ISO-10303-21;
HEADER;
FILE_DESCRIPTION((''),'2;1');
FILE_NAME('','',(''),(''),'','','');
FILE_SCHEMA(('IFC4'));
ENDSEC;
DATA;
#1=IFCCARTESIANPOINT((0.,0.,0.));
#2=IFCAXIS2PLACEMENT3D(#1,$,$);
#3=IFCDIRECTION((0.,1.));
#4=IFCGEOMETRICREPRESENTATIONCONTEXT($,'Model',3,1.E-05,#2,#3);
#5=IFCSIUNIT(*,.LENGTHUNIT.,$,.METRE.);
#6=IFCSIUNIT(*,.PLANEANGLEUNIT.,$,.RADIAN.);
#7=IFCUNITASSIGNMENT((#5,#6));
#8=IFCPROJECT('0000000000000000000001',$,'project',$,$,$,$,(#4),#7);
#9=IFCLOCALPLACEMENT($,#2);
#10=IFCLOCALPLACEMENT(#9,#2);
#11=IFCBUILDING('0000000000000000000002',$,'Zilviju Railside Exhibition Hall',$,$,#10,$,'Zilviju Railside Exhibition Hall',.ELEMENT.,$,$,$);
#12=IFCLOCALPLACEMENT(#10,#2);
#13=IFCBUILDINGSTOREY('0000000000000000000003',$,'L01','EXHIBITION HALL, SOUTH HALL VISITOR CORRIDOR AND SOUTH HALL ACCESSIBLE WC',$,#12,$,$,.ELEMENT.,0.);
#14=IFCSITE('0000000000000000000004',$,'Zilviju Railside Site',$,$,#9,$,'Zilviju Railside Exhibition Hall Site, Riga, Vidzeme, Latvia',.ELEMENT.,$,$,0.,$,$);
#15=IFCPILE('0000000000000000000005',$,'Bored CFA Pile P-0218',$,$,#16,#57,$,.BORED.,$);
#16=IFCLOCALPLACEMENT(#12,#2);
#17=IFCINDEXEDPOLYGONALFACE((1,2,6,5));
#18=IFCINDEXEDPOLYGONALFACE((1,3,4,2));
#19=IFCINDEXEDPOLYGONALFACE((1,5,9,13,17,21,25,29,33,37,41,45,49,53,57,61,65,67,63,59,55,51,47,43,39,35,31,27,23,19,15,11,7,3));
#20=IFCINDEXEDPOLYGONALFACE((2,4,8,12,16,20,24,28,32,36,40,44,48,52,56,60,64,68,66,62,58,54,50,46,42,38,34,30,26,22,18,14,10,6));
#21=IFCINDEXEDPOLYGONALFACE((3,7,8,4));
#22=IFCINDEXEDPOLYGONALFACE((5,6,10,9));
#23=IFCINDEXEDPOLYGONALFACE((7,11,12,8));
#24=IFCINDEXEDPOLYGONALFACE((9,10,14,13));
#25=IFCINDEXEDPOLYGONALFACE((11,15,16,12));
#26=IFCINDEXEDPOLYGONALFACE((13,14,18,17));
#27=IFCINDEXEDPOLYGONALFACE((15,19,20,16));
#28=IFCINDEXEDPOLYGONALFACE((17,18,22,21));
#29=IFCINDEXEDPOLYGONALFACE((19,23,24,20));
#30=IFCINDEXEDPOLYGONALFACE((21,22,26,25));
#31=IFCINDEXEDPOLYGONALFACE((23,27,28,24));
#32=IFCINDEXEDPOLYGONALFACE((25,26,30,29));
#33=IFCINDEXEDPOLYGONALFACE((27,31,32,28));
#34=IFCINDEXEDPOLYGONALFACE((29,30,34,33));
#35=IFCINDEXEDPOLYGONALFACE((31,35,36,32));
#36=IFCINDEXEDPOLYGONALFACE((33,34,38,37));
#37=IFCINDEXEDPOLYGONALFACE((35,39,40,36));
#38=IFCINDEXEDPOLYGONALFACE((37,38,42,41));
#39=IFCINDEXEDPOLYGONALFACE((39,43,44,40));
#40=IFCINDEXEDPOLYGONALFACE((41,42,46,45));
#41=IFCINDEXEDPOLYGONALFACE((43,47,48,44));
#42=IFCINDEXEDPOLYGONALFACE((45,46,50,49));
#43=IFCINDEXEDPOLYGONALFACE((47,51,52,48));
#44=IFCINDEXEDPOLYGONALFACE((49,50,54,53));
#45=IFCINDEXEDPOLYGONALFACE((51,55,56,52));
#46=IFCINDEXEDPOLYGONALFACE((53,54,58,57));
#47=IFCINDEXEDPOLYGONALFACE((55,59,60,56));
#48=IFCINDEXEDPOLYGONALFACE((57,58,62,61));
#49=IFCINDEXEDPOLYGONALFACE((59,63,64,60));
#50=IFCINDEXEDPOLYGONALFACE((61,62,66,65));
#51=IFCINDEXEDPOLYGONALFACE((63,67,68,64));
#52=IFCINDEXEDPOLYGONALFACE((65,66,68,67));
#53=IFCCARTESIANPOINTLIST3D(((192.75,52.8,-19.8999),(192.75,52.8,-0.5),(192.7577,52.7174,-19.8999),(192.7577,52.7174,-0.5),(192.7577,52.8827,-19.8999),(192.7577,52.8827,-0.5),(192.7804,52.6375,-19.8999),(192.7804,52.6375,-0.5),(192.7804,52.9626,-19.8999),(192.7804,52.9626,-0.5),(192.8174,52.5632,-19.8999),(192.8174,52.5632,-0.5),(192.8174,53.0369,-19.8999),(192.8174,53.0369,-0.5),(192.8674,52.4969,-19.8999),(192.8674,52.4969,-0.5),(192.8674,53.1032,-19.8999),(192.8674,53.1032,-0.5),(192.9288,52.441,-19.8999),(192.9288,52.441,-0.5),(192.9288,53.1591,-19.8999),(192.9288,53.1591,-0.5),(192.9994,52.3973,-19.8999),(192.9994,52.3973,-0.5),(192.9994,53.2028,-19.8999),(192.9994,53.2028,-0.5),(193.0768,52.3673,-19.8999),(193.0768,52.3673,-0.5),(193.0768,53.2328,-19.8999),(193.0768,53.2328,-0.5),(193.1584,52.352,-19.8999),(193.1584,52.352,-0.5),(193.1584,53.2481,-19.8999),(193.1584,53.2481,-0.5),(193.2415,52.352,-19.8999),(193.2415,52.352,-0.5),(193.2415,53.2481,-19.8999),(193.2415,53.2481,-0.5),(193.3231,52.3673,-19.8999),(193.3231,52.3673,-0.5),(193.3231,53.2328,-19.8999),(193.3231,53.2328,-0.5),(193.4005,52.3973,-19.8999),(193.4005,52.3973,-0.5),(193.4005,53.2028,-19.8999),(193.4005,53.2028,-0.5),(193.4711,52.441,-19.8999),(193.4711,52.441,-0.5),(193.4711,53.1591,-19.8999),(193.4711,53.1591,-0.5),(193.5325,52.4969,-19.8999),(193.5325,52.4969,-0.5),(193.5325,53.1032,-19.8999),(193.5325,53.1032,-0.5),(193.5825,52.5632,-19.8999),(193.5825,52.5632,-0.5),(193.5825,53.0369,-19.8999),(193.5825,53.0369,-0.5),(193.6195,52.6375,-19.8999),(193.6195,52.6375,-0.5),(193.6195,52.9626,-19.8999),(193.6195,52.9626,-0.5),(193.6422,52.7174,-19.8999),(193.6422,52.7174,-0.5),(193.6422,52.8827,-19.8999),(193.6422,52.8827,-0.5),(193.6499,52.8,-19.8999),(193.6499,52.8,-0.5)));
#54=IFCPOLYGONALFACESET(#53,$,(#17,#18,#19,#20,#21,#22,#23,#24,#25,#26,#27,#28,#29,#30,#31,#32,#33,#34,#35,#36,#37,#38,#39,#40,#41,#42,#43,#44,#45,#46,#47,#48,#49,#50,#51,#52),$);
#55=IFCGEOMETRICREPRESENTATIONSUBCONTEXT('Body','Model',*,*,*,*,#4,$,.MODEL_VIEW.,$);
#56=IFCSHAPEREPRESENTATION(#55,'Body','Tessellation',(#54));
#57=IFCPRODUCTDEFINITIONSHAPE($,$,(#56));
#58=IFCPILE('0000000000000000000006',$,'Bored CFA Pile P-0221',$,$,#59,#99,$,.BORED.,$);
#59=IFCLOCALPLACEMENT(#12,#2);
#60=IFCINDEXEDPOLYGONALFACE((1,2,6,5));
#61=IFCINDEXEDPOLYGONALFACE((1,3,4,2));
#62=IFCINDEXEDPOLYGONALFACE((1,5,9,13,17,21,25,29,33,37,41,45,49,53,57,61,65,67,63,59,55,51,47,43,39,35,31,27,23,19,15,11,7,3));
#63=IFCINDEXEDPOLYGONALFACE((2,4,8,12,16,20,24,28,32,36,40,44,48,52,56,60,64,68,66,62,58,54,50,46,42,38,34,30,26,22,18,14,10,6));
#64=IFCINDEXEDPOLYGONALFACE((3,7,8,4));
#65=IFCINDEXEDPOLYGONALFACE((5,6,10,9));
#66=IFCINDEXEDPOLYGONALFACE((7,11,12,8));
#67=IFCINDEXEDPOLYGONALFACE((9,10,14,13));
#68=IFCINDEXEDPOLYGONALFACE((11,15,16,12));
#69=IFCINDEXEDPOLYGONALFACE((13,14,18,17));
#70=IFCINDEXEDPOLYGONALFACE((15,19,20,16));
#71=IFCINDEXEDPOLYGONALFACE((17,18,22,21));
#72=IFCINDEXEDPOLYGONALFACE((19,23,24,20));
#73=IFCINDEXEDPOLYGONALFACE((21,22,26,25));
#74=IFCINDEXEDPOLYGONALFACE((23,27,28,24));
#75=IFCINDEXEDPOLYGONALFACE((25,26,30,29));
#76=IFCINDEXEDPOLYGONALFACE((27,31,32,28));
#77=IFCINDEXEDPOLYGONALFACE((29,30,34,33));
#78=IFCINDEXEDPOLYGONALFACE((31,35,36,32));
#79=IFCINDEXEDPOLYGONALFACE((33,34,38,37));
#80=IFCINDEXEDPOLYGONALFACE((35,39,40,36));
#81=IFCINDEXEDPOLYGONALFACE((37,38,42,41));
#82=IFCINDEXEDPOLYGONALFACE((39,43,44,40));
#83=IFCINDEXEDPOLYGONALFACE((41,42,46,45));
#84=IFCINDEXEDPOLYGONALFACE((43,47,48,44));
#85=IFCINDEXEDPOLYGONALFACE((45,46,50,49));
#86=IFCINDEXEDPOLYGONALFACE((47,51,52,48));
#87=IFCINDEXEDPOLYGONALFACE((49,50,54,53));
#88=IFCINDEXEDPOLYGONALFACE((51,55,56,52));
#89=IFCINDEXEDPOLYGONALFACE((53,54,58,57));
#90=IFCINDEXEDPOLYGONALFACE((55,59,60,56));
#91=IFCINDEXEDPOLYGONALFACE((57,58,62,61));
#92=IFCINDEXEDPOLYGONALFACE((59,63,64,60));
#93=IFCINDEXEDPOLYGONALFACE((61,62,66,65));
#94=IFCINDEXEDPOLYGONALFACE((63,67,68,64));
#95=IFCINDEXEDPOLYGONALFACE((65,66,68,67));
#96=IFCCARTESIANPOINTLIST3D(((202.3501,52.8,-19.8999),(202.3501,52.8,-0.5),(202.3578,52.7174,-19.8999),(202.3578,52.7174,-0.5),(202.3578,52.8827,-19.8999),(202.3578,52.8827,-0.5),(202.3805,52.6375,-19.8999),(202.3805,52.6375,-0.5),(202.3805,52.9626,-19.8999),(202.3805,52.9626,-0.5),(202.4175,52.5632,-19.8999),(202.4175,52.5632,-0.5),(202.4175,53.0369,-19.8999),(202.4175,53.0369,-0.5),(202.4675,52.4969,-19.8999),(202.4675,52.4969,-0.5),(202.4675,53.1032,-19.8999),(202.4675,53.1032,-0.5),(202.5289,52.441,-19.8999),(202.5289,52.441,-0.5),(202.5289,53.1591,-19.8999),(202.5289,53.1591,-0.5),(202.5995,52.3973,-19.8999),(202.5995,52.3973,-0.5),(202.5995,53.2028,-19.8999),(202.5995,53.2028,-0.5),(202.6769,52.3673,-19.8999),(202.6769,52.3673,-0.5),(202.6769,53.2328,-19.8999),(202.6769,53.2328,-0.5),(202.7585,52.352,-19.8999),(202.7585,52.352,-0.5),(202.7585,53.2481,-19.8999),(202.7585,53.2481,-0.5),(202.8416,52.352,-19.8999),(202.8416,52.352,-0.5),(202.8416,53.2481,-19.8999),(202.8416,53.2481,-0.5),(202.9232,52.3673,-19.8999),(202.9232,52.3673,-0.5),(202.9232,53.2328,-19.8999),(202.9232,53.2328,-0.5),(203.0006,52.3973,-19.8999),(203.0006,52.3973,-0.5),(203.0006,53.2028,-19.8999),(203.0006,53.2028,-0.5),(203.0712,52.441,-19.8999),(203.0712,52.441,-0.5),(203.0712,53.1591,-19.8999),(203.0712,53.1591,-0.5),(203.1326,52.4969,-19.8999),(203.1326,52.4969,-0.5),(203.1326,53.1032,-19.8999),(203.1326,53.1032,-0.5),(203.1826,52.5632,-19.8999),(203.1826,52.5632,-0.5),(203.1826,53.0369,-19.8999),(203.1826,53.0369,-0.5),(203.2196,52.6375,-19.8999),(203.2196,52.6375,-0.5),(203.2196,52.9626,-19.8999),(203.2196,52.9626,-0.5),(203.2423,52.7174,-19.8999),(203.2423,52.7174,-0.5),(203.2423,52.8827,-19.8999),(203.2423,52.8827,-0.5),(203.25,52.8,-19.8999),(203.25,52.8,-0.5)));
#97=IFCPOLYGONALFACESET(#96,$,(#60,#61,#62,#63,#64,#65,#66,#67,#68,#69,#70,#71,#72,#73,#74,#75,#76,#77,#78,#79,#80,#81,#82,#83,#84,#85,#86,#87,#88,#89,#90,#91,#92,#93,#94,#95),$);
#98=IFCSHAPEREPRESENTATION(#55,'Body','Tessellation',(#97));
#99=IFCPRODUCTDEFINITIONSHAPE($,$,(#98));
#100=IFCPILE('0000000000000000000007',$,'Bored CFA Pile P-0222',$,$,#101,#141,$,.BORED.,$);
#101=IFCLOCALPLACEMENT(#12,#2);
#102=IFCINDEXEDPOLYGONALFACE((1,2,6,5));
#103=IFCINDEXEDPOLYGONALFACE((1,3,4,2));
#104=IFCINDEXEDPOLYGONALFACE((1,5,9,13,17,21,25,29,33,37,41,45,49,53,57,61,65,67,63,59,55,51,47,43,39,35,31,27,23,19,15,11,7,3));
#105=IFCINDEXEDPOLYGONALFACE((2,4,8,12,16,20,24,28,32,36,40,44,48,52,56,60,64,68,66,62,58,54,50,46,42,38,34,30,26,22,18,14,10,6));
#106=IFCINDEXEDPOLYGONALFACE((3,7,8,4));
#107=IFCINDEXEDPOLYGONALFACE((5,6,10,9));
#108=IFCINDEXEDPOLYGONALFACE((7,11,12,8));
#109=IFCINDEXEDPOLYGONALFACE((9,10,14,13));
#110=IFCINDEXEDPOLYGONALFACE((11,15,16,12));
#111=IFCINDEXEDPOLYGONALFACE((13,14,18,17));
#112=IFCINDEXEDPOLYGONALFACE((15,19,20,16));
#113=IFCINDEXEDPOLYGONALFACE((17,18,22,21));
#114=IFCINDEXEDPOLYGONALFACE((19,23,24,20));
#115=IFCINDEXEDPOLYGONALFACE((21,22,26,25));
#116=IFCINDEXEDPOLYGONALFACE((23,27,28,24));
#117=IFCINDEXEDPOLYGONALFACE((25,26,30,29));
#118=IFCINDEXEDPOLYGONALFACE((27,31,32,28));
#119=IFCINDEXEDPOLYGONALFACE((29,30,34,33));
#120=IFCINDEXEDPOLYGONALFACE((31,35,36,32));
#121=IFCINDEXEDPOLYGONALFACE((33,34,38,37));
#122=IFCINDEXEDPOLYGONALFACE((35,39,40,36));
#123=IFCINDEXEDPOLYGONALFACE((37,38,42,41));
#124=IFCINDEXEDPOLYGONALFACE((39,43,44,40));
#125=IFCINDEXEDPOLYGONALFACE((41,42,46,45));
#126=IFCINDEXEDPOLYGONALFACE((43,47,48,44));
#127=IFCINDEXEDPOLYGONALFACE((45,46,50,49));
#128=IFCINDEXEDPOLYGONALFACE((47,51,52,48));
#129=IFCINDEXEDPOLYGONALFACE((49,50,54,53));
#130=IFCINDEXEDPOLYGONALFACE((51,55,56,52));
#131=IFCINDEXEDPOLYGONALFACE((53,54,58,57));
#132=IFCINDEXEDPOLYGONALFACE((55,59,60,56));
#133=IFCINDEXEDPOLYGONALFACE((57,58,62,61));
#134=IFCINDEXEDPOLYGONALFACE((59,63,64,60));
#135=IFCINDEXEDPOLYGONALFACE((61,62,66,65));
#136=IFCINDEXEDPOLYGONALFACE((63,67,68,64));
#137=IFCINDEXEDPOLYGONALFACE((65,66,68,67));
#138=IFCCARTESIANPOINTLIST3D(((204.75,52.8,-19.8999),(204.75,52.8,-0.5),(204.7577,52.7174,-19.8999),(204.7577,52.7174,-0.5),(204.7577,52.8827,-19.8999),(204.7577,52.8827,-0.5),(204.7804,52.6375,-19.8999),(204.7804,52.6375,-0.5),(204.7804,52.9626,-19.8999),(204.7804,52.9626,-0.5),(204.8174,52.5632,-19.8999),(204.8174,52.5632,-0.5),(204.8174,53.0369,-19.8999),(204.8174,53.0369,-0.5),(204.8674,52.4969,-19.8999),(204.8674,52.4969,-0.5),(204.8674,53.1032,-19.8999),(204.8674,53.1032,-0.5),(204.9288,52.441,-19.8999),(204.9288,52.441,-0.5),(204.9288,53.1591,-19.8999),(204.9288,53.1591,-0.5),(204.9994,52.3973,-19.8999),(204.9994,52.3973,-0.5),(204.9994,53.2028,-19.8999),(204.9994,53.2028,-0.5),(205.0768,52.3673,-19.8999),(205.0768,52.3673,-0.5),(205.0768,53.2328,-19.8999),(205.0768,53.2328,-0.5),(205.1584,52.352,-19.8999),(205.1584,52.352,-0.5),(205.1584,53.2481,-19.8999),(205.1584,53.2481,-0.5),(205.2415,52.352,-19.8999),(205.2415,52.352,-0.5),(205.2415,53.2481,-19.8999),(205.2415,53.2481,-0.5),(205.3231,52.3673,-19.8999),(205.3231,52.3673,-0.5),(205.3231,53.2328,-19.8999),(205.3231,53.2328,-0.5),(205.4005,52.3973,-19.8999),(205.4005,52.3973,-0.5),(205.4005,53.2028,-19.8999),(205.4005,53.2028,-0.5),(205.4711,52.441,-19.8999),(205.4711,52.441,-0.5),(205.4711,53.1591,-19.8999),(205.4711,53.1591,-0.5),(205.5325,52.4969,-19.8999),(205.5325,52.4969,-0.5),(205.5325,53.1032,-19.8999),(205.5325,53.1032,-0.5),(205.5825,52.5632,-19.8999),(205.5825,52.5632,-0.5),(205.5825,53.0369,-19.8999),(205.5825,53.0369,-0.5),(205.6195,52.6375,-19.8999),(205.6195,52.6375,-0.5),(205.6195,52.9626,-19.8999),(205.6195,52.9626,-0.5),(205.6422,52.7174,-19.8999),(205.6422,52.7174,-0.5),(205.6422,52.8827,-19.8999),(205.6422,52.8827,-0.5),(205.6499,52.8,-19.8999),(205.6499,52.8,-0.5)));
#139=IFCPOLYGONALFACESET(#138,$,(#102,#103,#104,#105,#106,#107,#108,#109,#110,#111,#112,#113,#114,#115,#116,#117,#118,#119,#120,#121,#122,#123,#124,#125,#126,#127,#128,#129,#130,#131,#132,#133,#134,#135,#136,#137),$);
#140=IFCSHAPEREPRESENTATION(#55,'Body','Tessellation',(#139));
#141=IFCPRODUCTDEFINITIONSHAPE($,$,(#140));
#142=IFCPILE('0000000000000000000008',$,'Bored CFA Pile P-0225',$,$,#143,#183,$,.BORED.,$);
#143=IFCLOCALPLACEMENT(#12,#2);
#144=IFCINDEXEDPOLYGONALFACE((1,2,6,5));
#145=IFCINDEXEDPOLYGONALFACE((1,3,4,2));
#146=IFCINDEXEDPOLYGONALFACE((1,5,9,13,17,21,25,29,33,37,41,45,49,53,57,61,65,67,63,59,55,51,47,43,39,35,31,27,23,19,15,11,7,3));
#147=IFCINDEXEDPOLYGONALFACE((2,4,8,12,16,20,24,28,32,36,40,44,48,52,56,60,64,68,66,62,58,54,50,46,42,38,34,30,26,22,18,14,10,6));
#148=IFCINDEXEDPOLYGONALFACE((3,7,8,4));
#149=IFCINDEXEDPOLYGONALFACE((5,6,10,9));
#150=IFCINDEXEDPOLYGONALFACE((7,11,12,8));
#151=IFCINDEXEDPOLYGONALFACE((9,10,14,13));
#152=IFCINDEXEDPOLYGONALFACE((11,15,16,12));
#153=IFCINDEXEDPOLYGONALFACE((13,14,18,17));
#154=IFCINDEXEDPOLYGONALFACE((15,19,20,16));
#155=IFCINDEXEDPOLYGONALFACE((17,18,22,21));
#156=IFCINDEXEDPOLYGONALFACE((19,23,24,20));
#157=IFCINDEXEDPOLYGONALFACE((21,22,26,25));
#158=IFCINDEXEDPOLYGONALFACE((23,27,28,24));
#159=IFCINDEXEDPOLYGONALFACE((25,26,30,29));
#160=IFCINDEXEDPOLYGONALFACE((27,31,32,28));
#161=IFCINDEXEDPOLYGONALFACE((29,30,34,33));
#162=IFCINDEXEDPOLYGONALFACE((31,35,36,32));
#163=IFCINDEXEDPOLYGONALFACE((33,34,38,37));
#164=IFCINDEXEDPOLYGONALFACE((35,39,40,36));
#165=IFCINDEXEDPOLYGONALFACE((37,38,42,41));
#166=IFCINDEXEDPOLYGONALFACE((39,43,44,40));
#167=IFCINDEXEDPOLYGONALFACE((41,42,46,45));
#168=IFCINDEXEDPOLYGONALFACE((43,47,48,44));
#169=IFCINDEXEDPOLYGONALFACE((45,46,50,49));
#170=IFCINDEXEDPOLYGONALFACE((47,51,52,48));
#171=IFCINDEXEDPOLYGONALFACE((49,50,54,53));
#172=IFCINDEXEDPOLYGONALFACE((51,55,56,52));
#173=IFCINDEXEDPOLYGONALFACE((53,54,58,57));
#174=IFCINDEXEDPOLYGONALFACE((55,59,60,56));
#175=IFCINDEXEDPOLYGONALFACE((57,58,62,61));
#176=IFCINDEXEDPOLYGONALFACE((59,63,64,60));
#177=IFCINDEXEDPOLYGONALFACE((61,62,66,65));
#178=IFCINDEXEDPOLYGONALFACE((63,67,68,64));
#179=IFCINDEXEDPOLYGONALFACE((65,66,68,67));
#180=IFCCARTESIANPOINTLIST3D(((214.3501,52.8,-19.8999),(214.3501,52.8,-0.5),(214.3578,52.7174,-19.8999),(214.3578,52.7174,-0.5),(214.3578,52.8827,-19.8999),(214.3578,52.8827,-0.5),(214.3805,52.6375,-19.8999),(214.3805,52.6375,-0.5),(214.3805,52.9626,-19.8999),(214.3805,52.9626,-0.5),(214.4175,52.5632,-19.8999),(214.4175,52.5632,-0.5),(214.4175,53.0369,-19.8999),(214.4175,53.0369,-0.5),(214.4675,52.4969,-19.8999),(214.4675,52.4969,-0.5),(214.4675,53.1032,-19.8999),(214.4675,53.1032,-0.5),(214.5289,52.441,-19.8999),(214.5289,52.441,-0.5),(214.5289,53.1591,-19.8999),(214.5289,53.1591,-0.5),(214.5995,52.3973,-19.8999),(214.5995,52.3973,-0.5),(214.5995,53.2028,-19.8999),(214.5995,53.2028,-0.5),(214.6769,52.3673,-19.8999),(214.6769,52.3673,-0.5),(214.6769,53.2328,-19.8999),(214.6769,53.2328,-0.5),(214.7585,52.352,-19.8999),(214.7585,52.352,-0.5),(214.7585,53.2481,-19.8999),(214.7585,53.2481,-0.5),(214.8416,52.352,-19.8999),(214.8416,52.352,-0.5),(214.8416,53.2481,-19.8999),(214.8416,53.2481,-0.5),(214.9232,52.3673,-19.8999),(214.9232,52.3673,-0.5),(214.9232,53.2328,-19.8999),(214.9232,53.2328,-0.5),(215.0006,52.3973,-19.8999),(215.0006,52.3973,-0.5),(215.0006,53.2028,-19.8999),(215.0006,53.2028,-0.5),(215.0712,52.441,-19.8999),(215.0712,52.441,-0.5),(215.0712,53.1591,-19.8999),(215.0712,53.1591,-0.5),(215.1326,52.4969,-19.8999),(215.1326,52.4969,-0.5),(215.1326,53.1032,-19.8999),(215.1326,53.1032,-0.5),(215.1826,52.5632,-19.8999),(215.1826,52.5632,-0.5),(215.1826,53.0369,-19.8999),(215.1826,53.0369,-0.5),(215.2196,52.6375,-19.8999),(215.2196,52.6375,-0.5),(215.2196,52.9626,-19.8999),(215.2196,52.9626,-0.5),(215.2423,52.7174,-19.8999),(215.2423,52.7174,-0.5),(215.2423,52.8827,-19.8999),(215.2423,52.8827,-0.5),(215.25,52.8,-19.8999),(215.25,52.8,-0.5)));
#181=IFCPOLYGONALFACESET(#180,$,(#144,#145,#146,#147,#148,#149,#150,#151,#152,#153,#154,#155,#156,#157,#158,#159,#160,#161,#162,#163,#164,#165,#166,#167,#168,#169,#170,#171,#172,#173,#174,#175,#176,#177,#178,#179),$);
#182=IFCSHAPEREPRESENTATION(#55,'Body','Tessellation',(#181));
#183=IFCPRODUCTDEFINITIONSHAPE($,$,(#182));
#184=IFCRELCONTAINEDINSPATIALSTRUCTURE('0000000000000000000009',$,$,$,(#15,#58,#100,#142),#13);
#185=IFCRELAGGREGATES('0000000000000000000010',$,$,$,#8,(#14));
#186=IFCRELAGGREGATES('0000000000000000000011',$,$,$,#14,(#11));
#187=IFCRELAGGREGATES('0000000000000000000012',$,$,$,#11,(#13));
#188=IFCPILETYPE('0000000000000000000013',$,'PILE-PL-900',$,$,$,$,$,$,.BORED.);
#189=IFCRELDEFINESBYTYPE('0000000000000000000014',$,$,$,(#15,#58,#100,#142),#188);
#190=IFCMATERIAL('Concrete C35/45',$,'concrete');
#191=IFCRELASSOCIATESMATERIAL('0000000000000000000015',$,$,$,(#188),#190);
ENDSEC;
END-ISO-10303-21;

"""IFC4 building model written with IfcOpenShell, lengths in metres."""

from ifc_helpers import new_model, si_unit, direction, frame, origin, origin_2d, place, context, subcontext, project, spatial, circle, extrude, material, material_profile, profile_set, type_object, element, save


model = new_model("IFC4")

# Units and contexts
model_context = context("Model", 3, precision=1e-05, world=origin(), true_north=direction((0.0, 1.0)))
body_context = subcontext(model_context, "Body", "Model", "MODEL_VIEW")
ifc_project = project(units=[si_unit("LENGTHUNIT", "METRE"), si_unit("PLANEANGLEUNIT", "RADIAN")], contexts=[model_context])

# Site, building, storey
site_placement = place(None, origin())
site = spatial("IfcSite", under=ifc_project, at=site_placement, Name="Zilviju Railside Site", LongName="Zilviju Railside Exhibition Hall Site, Riga, Vidzeme, Latvia", CompositionType="ELEMENT", RefElevation=0.0)
building_placement = place(site_placement, origin())
building = spatial("IfcBuilding", under=site, at=building_placement, Name="Zilviju Railside Exhibition Hall", LongName="Zilviju Railside Exhibition Hall", CompositionType="ELEMENT")
storey_placement = place(building_placement, origin())
storey = spatial("IfcBuildingStorey", under=building, at=storey_placement, Name="L01", Description="EXHIBITION HALL, SOUTH HALL VISITOR CORRIDOR AND SOUTH HALL ACCESSIBLE WC", CompositionType="ELEMENT", Elevation=0.0)

# Piles
ifc_material_1 = material(Name="Concrete C35/45", Category="concrete")
ifc_material_profile_1 = material_profile(ifc_material_1, circle(Radius=0.45, at=origin_2d()), Name="CFA PILE D900")
ifc_profile_set_1 = profile_set([ifc_material_profile_1], Name="Concrete C35/45")
pile_type = type_object("IfcPileType", Name="PILE-PL-900", PredefinedType="BORED", material=ifc_profile_set_1)
for number, where, z_axis, x_axis, name in (
    (1, (193.2, 52.8, -0.5), (0.0, 0.0, -1.0), (1.0, 0.0, 0.0), "Bored CFA Pile P-0218"),
    (2, (202.8, 52.8, -0.5), (0.0, 0.0, -1.0), (1.0, 0.0, 0.0), "Bored CFA Pile P-0221"),
    (3, (205.2, 52.8, -0.5), (0.0, 0.0, -1.0), (1.0, 0.0, 0.0), "Bored CFA Pile P-0222"),
    (4, (214.8, 52.8, -0.5), (0.0, 0.0, -1.0), (1.0, 0.0, 0.0), "Bored CFA Pile P-0225"),
):
    element("IfcPile", number, at=place(storey_placement, frame(where, z_axis=z_axis, x_axis=x_axis)), inside=storey, type_object=pile_type, Name=name, PredefinedType="BORED", context=body_context, shape_type="SweptSolid", body=[
        extrude(circle(Radius=0.45, at=origin_2d()), origin(), (0.0, 0.0, 1.0), 19.3999),
    ])

save(model, "model.ifc")
